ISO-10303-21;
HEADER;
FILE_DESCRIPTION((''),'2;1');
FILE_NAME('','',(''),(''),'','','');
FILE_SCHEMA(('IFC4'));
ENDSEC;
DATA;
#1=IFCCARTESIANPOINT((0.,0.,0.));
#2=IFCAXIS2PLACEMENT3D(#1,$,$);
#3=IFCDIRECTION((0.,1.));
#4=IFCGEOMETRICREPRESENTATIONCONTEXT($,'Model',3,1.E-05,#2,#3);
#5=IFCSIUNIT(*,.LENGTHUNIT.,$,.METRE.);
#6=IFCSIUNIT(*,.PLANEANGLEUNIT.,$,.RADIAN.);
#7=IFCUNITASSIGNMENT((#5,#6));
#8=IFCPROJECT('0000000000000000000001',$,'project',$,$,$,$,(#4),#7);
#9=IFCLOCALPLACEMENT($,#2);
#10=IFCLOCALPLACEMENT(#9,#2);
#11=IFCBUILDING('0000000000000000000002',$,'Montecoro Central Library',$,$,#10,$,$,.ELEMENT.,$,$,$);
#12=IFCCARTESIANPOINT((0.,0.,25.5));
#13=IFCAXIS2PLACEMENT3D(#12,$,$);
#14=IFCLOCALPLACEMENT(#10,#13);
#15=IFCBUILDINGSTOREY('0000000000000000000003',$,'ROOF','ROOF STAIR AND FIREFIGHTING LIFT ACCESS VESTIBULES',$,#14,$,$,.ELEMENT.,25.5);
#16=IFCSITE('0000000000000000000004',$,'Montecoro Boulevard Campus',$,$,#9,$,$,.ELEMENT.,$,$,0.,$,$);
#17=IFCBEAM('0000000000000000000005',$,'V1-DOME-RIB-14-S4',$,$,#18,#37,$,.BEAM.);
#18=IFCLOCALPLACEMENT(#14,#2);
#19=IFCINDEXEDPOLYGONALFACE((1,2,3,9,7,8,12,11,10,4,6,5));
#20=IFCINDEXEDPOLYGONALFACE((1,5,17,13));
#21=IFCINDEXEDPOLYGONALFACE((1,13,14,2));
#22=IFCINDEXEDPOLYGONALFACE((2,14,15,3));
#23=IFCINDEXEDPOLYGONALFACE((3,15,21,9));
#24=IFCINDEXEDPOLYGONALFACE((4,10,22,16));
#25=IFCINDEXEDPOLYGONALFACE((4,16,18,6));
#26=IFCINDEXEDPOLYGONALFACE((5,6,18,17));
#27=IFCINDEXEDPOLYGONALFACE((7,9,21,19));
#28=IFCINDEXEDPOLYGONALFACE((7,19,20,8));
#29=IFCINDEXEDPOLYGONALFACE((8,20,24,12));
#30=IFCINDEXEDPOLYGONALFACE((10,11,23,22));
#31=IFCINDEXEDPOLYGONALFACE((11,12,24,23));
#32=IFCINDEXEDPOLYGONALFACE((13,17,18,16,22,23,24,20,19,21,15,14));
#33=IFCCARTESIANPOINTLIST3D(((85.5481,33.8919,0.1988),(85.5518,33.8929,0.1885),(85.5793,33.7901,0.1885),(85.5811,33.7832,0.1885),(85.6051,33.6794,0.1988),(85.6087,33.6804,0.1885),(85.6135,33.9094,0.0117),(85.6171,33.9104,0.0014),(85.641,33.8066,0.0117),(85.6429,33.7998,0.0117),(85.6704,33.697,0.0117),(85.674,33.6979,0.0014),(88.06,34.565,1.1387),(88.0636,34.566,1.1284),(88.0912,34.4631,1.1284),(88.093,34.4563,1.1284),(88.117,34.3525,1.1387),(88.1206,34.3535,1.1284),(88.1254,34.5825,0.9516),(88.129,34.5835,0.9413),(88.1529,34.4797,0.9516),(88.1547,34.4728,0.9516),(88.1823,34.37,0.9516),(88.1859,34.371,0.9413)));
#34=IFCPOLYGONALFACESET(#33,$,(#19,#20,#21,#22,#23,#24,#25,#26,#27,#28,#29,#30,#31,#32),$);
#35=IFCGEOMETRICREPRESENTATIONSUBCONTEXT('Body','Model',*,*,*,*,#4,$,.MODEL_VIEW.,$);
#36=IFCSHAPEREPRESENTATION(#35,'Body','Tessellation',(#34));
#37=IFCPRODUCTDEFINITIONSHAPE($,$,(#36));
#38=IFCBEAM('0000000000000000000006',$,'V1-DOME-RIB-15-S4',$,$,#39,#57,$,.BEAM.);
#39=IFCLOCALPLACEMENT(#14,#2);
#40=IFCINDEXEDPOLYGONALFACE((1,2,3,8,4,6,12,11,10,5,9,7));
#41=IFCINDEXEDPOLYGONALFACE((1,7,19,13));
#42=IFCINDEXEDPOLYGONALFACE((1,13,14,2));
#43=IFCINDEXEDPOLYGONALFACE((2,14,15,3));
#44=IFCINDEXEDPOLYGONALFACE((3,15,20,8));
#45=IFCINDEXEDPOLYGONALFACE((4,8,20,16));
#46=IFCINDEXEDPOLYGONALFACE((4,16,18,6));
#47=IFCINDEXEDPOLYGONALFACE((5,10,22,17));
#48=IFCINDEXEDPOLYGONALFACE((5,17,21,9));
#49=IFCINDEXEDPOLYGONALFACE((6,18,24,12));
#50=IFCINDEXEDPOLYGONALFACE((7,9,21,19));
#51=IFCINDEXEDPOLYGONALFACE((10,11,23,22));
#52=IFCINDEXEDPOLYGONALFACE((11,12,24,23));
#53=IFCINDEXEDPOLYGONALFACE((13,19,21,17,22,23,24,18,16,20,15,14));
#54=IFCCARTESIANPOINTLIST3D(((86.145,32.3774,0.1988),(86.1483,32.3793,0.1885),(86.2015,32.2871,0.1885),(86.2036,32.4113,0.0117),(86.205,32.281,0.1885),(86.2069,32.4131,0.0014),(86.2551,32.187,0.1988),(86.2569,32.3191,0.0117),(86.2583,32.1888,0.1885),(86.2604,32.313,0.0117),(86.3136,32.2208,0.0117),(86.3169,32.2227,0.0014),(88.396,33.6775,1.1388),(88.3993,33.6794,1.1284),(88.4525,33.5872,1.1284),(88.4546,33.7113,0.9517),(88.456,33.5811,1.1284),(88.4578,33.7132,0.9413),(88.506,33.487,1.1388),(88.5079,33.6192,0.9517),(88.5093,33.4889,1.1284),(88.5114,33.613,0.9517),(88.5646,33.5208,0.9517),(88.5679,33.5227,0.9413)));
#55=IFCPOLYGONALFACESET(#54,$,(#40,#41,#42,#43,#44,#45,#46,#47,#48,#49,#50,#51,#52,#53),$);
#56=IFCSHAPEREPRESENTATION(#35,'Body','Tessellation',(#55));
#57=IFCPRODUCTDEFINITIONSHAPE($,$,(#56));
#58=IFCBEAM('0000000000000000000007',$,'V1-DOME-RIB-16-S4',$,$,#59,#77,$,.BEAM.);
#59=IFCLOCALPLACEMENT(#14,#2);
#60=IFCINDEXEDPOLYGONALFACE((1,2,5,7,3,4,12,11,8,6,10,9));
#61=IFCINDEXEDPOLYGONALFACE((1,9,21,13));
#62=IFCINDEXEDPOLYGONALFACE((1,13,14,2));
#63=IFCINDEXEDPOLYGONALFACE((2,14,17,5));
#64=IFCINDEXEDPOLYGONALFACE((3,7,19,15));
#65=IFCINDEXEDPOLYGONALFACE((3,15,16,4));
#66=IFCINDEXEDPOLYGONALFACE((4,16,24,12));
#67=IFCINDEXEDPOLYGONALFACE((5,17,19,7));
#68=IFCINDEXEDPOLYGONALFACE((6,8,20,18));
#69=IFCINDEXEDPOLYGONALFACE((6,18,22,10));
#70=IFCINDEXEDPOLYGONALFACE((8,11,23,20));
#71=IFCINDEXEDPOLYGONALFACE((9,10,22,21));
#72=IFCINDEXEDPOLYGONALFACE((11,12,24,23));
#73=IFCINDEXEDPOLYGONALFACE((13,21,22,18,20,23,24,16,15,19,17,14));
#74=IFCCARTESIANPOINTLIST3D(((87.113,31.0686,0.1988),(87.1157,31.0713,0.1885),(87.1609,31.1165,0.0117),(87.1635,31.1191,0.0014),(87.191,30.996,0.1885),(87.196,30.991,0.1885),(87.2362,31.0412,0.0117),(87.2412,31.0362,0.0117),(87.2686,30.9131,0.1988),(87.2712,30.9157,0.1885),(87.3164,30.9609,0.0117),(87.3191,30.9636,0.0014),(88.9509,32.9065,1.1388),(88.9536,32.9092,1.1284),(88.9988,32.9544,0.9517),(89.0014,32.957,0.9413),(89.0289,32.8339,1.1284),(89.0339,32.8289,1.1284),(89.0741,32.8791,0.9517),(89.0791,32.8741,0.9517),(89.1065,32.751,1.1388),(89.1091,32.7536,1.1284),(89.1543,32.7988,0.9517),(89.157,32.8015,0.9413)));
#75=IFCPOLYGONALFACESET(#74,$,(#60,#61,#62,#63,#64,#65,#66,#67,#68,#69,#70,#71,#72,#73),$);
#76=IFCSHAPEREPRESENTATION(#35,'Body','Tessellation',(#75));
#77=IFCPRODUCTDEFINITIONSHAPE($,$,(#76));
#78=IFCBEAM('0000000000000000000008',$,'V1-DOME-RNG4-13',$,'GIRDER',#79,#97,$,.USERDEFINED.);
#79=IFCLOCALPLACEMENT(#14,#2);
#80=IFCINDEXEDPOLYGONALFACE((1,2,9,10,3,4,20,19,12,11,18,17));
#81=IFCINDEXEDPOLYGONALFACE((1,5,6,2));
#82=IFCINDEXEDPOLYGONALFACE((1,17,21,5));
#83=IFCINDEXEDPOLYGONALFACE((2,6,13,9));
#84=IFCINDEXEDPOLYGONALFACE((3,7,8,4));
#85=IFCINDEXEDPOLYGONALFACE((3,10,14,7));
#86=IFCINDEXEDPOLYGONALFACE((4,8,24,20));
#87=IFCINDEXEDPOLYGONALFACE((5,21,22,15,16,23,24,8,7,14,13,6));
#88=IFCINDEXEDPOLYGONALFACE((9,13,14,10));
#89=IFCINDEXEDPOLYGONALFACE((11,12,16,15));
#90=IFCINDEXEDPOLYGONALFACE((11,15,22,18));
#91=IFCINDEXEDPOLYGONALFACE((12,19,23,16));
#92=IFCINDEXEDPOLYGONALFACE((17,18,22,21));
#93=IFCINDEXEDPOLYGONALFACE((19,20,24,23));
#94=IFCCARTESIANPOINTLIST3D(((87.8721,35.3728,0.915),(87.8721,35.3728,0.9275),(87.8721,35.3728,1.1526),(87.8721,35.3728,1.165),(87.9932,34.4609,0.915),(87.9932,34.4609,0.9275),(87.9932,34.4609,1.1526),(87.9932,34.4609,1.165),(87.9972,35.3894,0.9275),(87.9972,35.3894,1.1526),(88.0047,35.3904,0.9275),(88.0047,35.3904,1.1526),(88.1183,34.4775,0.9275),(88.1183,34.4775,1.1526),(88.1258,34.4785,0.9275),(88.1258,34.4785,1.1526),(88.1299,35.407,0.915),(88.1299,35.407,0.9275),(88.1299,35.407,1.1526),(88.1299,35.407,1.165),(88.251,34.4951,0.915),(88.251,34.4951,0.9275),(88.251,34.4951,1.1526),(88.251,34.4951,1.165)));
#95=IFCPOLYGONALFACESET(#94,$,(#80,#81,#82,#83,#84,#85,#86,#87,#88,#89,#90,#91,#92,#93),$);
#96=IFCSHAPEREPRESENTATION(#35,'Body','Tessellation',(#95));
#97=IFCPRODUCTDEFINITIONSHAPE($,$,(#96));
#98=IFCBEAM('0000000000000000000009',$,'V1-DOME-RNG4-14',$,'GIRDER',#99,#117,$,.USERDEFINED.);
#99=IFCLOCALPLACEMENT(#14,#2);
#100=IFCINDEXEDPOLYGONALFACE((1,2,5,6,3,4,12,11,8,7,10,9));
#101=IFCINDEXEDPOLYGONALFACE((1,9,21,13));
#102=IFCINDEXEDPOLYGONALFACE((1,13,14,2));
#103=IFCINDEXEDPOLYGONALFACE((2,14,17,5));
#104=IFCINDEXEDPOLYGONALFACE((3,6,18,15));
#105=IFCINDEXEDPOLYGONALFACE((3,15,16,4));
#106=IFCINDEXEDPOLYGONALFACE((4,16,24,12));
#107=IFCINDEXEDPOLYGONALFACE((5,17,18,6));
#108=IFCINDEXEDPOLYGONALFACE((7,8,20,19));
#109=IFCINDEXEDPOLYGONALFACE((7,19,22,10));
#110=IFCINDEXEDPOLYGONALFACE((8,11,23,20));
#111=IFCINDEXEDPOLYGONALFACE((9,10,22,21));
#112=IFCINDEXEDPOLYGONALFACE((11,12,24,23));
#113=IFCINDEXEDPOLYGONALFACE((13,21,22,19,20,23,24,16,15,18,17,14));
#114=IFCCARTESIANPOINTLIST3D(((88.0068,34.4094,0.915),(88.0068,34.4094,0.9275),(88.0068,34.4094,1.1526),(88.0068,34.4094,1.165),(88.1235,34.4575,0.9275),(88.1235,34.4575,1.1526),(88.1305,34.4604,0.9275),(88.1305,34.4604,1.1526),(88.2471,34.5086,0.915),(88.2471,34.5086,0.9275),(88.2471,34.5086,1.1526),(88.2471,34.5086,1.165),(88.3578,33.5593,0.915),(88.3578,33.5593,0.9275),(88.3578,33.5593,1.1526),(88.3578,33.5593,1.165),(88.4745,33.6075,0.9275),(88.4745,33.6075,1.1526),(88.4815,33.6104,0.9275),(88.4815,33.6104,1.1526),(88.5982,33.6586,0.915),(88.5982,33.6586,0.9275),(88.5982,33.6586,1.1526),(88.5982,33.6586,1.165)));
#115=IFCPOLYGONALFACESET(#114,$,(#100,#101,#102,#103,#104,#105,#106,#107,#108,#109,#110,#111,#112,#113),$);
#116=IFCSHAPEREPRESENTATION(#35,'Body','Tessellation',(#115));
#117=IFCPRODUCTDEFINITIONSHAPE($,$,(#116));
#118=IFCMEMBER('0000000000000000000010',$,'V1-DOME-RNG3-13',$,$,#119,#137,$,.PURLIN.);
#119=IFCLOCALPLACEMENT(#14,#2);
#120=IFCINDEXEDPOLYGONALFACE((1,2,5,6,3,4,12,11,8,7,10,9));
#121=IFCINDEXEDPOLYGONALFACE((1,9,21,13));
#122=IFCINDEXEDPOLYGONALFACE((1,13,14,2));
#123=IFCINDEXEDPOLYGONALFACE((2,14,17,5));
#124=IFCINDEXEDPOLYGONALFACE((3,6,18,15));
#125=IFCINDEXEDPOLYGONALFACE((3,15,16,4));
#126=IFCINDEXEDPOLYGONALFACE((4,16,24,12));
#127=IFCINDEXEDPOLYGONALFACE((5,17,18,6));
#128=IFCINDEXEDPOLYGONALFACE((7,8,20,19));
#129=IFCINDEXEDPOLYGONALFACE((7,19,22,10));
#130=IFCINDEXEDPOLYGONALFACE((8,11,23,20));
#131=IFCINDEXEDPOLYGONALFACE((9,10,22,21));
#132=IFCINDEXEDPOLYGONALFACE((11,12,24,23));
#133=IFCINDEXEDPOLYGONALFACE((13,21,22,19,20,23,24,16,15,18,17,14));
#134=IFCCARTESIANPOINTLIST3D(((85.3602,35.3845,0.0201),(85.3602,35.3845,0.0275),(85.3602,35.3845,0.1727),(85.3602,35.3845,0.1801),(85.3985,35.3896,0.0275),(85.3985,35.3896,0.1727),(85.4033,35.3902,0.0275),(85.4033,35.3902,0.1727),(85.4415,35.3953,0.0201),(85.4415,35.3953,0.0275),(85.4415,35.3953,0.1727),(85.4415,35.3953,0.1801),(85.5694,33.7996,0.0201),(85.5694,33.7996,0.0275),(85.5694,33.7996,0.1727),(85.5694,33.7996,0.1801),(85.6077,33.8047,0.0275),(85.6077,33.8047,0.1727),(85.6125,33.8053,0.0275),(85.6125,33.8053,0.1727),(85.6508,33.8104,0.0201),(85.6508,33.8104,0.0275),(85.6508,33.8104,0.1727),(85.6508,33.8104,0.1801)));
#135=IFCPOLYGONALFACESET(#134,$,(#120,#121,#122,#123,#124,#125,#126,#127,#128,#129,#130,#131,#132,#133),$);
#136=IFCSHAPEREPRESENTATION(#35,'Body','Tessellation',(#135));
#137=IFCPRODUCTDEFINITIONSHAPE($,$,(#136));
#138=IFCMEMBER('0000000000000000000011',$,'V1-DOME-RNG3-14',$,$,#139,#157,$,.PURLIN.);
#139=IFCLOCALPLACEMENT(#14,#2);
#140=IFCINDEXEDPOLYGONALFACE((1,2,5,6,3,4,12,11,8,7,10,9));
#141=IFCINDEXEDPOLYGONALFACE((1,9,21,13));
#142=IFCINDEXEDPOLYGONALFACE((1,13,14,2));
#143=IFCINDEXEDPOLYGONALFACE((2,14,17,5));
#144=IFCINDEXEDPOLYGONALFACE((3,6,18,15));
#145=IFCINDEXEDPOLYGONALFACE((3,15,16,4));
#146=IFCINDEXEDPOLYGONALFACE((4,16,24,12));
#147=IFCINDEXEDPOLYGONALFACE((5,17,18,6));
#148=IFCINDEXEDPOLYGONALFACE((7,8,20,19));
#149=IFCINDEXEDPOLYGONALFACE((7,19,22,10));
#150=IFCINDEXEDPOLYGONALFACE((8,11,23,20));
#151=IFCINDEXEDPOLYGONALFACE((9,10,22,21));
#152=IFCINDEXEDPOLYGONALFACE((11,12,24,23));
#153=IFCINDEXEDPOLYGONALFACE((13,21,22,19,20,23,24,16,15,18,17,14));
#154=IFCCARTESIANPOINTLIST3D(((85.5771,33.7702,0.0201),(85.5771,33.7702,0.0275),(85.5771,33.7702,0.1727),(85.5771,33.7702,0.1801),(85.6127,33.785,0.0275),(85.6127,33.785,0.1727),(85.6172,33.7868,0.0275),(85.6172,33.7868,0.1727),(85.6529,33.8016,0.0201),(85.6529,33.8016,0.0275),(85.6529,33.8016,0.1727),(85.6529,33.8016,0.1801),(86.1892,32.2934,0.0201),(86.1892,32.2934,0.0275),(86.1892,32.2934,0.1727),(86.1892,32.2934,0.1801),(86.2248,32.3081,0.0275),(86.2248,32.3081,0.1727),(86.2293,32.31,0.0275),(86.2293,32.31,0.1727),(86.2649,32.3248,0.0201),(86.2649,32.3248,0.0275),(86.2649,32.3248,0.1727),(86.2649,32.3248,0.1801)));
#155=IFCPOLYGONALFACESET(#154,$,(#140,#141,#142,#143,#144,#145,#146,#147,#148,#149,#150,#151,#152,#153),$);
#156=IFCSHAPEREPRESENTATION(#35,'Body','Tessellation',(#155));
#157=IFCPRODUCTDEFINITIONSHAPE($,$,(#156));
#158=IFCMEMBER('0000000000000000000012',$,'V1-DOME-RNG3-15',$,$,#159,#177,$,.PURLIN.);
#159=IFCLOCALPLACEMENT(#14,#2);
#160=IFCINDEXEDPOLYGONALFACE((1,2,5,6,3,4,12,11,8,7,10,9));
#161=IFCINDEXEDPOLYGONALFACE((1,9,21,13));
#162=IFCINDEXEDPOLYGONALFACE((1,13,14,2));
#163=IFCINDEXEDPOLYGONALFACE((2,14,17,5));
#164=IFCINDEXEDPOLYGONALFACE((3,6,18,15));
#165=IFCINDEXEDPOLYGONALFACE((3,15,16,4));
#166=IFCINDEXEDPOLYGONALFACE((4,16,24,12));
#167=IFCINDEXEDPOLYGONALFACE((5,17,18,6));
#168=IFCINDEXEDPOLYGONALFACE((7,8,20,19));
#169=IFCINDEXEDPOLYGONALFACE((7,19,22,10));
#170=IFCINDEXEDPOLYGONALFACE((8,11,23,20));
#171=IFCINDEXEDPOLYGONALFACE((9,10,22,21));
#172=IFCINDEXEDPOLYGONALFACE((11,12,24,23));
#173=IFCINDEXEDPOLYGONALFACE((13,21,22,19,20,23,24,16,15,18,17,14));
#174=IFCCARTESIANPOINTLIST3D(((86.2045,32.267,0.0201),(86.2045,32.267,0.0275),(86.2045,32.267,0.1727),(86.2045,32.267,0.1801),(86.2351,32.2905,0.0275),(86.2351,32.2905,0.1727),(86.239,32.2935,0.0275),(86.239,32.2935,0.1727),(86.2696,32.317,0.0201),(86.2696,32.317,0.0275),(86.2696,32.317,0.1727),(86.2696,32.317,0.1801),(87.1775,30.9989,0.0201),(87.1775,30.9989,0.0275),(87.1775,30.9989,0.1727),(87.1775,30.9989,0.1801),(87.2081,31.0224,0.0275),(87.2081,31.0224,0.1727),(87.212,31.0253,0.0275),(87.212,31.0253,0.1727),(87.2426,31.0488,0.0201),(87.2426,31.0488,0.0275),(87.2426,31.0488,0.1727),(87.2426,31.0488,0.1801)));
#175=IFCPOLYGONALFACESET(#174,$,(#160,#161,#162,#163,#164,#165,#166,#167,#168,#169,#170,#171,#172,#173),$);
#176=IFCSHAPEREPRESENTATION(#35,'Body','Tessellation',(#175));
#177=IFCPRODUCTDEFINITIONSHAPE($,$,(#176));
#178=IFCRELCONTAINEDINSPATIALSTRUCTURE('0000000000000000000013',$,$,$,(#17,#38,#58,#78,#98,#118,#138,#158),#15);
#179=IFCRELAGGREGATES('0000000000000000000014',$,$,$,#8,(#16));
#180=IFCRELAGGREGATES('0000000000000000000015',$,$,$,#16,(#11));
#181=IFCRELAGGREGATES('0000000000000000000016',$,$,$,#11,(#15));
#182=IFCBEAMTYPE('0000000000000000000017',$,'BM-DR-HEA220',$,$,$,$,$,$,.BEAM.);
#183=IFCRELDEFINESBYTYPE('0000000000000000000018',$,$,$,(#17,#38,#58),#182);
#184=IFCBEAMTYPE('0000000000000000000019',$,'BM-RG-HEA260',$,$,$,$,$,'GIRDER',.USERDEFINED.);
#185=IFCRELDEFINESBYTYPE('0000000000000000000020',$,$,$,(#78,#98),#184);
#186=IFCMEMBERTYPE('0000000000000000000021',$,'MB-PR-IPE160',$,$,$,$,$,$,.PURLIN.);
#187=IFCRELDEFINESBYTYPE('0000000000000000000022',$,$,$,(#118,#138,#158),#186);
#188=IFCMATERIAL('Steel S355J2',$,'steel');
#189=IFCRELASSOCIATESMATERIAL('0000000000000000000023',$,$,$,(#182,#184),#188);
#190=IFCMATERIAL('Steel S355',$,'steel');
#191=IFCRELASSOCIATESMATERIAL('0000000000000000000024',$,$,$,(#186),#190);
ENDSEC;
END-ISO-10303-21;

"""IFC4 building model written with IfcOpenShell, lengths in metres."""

from ifc_helpers import new_model, si_unit, direction, frame, origin, origin_2d, place, context, subcontext, project, spatial, i_section, extrude, material, material_profile, profile_set, type_object, element, save


model = new_model("IFC4")

# Units and contexts
model_context = context("Model", 3, precision=1e-05, world=origin(), true_north=direction((0.0, 1.0)))
body_context = subcontext(model_context, "Body", "Model", "MODEL_VIEW")
ifc_project = project(units=[si_unit("LENGTHUNIT", "METRE"), si_unit("PLANEANGLEUNIT", "RADIAN")], contexts=[model_context])

# Site, building, storey
site_placement = place(None, origin())
site = spatial("IfcSite", under=ifc_project, at=site_placement, Name="Montecoro Boulevard Campus", CompositionType="ELEMENT", RefElevation=0.0)
building_placement = place(site_placement, origin())
building = spatial("IfcBuilding", under=site, at=building_placement, Name="Montecoro Central Library", CompositionType="ELEMENT")
storey_placement = place(building_placement, frame((0.0, 0.0, 25.5)))
storey = spatial("IfcBuildingStorey", under=building, at=storey_placement, Name="ROOF", Description="ROOF STAIR AND FIREFIGHTING LIFT ACCESS VESTIBULES", CompositionType="ELEMENT", Elevation=25.5)

# Beams
ifc_material_1 = material(Name="Steel S355J2", Category="steel")
ifc_material_profile_1 = material_profile(ifc_material_1, i_section(OverallWidth=0.22, OverallDepth=0.21, WebThickness=0.0071, FlangeThickness=0.011, at=origin_2d()), Name="HEA 220")
ifc_profile_set_1 = profile_set([ifc_material_profile_1], Name="Steel S355J2")
beam_type_1 = type_object("IfcBeamType", Name="BM-DR-HEA220", PredefinedType="BEAM", material=ifc_profile_set_1)
beam_1_placement = place(storey_placement, frame((85.6111, 33.7949, 0.1001), z_axis=(0.90841, 0.243414, 0.339914), x_axis=(-0.258825, 0.965924, 0.0)))
element("IfcBeam", 1, at=beam_1_placement, inside=storey, type_object=beam_type_1, Name="V1-DOME-RIB-14-S4", PredefinedType="BEAM", context=body_context, shape_type="SweptSolid", body=[
    extrude(i_section(OverallWidth=0.22, OverallDepth=0.21, WebThickness=0.0071, FlangeThickness=0.011, at=origin_2d()), origin(), (0.0, 0.0, 1.0), 2.7651),
])
beam_2_placement = place(storey_placement, frame((86.231, 32.3, 0.1001), z_axis=(0.814347, 0.470325, 0.340047), x_axis=(-0.500129, 0.865951, 0.0)))
element("IfcBeam", 2, at=beam_2_placement, inside=storey, type_object=beam_type_1, Name="V1-DOME-RIB-15-S4", PredefinedType="BEAM", context=body_context, shape_type="SweptSolid", body=[
    extrude(i_section(OverallWidth=0.22, OverallDepth=0.21, WebThickness=0.0071, FlangeThickness=0.011, at=origin_2d()), origin(), (0.0, 0.0, 1.0), 2.7642),
])
beam_3_placement = place(storey_placement, frame((87.2161, 31.0161, 0.1001), z_axis=(0.664961, 0.664961, 0.340077), x_axis=(-0.707107, 0.707107, 0.0)))
element("IfcBeam", 3, at=beam_3_placement, inside=storey, type_object=beam_type_1, Name="V1-DOME-RIB-16-S4", PredefinedType="BEAM", context=body_context, shape_type="SweptSolid", body=[
    extrude(i_section(OverallWidth=0.22, OverallDepth=0.21, WebThickness=0.0071, FlangeThickness=0.011, at=origin_2d()), origin(), (0.0, 0.0, 1.0), 2.7639),
])
ifc_material_profile_2 = material_profile(ifc_material_1, i_section(OverallWidth=0.26, OverallDepth=0.25, WebThickness=0.0076, FlangeThickness=0.0125, at=origin_2d()), Name="HEA 260")
ifc_profile_set_2 = profile_set([ifc_material_profile_2], Name="Steel S355J2")
beam_type_2 = type_object("IfcBeamType", Name="BM-RG-HEA260", ElementType="GIRDER", PredefinedType="USERDEFINED", material=ifc_profile_set_2)
beam_4_placement = place(storey_placement, frame((88.001, 35.3899, 1.04), z_axis=(0.131642, -0.991297, 0.0), x_axis=(0.991297, 0.131642, 0.0)))
element("IfcBeam", 4, at=beam_4_placement, inside=storey, type_object=beam_type_2, Name="V1-DOME-RNG4-13", ObjectType="GIRDER", PredefinedType="USERDEFINED", context=body_context, shape_type="SweptSolid", body=[
    extrude(i_section(OverallWidth=0.26, OverallDepth=0.25, WebThickness=0.0076, FlangeThickness=0.0125, at=origin_2d()), origin(), (0.0, 0.0, 1.0), 0.9199),
])
beam_5_placement = place(storey_placement, frame((88.127, 34.459, 1.04), z_axis=(0.381711, -0.924282, 0.0), x_axis=(0.924282, 0.381711, 0.0)))
element("IfcBeam", 5, at=beam_5_placement, inside=storey, type_object=beam_type_2, Name="V1-DOME-RNG4-14", ObjectType="GIRDER", PredefinedType="USERDEFINED", context=body_context, shape_type="SweptSolid", body=[
    extrude(i_section(OverallWidth=0.26, OverallDepth=0.25, WebThickness=0.0076, FlangeThickness=0.0125, at=origin_2d()), origin(), (0.0, 0.0, 1.0), 0.9197),
])

# Members
ifc_material_2 = material(Name="Steel S355", Category="steel")
ifc_material_profile_3 = material_profile(ifc_material_2, i_section(OverallWidth=0.082, OverallDepth=0.1599, WebThickness=0.0049, FlangeThickness=0.0073, at=origin_2d()), Name="IPE 160")
ifc_profile_set_3 = profile_set([ifc_material_profile_3], Name="Steel S355")
member_type_1 = type_object("IfcMemberType", Name="MB-PR-IPE160", PredefinedType="PURLIN", material=ifc_profile_set_3)
for number, where, z_axis, x_axis, name in (
    (6, (85.4009, 35.3899, 0.1001), (0.130873, -0.991399, 0.0), (0.991399, 0.130873, 0.0), "V1-DOME-RNG3-13"),
    (7, (85.615, 33.7859, 0.1001), (0.382869, -0.923803, 0.0), (0.923803, 0.382869, 0.0), "V1-DOME-RNG3-14"),
):
    element("IfcMember", number, at=place(storey_placement, frame(where, z_axis=z_axis, x_axis=x_axis)), inside=storey, type_object=member_type_1, Name=name, PredefinedType="PURLIN", context=body_context, shape_type="SweptSolid", body=[
        extrude(i_section(OverallWidth=0.082, OverallDepth=0.1599, WebThickness=0.0049, FlangeThickness=0.0073, at=origin_2d()), origin(), (0.0, 0.0, 1.0), 1.5986),
    ])
member_1_placement = place(storey_placement, frame((86.2371, 32.292, 0.1001), z_axis=(0.608714, -0.79339, 0.0), x_axis=(0.79339, 0.608714, 0.0)))
element("IfcMember", 8, at=member_1_placement, inside=storey, type_object=member_type_1, Name="V1-DOME-RNG3-15", PredefinedType="PURLIN", context=body_context, shape_type="SweptSolid", body=[
    extrude(i_section(OverallWidth=0.082, OverallDepth=0.1599, WebThickness=0.0049, FlangeThickness=0.0073, at=origin_2d()), origin(), (0.0, 0.0, 1.0), 1.5984),
])

save(model, "model.ifc")
